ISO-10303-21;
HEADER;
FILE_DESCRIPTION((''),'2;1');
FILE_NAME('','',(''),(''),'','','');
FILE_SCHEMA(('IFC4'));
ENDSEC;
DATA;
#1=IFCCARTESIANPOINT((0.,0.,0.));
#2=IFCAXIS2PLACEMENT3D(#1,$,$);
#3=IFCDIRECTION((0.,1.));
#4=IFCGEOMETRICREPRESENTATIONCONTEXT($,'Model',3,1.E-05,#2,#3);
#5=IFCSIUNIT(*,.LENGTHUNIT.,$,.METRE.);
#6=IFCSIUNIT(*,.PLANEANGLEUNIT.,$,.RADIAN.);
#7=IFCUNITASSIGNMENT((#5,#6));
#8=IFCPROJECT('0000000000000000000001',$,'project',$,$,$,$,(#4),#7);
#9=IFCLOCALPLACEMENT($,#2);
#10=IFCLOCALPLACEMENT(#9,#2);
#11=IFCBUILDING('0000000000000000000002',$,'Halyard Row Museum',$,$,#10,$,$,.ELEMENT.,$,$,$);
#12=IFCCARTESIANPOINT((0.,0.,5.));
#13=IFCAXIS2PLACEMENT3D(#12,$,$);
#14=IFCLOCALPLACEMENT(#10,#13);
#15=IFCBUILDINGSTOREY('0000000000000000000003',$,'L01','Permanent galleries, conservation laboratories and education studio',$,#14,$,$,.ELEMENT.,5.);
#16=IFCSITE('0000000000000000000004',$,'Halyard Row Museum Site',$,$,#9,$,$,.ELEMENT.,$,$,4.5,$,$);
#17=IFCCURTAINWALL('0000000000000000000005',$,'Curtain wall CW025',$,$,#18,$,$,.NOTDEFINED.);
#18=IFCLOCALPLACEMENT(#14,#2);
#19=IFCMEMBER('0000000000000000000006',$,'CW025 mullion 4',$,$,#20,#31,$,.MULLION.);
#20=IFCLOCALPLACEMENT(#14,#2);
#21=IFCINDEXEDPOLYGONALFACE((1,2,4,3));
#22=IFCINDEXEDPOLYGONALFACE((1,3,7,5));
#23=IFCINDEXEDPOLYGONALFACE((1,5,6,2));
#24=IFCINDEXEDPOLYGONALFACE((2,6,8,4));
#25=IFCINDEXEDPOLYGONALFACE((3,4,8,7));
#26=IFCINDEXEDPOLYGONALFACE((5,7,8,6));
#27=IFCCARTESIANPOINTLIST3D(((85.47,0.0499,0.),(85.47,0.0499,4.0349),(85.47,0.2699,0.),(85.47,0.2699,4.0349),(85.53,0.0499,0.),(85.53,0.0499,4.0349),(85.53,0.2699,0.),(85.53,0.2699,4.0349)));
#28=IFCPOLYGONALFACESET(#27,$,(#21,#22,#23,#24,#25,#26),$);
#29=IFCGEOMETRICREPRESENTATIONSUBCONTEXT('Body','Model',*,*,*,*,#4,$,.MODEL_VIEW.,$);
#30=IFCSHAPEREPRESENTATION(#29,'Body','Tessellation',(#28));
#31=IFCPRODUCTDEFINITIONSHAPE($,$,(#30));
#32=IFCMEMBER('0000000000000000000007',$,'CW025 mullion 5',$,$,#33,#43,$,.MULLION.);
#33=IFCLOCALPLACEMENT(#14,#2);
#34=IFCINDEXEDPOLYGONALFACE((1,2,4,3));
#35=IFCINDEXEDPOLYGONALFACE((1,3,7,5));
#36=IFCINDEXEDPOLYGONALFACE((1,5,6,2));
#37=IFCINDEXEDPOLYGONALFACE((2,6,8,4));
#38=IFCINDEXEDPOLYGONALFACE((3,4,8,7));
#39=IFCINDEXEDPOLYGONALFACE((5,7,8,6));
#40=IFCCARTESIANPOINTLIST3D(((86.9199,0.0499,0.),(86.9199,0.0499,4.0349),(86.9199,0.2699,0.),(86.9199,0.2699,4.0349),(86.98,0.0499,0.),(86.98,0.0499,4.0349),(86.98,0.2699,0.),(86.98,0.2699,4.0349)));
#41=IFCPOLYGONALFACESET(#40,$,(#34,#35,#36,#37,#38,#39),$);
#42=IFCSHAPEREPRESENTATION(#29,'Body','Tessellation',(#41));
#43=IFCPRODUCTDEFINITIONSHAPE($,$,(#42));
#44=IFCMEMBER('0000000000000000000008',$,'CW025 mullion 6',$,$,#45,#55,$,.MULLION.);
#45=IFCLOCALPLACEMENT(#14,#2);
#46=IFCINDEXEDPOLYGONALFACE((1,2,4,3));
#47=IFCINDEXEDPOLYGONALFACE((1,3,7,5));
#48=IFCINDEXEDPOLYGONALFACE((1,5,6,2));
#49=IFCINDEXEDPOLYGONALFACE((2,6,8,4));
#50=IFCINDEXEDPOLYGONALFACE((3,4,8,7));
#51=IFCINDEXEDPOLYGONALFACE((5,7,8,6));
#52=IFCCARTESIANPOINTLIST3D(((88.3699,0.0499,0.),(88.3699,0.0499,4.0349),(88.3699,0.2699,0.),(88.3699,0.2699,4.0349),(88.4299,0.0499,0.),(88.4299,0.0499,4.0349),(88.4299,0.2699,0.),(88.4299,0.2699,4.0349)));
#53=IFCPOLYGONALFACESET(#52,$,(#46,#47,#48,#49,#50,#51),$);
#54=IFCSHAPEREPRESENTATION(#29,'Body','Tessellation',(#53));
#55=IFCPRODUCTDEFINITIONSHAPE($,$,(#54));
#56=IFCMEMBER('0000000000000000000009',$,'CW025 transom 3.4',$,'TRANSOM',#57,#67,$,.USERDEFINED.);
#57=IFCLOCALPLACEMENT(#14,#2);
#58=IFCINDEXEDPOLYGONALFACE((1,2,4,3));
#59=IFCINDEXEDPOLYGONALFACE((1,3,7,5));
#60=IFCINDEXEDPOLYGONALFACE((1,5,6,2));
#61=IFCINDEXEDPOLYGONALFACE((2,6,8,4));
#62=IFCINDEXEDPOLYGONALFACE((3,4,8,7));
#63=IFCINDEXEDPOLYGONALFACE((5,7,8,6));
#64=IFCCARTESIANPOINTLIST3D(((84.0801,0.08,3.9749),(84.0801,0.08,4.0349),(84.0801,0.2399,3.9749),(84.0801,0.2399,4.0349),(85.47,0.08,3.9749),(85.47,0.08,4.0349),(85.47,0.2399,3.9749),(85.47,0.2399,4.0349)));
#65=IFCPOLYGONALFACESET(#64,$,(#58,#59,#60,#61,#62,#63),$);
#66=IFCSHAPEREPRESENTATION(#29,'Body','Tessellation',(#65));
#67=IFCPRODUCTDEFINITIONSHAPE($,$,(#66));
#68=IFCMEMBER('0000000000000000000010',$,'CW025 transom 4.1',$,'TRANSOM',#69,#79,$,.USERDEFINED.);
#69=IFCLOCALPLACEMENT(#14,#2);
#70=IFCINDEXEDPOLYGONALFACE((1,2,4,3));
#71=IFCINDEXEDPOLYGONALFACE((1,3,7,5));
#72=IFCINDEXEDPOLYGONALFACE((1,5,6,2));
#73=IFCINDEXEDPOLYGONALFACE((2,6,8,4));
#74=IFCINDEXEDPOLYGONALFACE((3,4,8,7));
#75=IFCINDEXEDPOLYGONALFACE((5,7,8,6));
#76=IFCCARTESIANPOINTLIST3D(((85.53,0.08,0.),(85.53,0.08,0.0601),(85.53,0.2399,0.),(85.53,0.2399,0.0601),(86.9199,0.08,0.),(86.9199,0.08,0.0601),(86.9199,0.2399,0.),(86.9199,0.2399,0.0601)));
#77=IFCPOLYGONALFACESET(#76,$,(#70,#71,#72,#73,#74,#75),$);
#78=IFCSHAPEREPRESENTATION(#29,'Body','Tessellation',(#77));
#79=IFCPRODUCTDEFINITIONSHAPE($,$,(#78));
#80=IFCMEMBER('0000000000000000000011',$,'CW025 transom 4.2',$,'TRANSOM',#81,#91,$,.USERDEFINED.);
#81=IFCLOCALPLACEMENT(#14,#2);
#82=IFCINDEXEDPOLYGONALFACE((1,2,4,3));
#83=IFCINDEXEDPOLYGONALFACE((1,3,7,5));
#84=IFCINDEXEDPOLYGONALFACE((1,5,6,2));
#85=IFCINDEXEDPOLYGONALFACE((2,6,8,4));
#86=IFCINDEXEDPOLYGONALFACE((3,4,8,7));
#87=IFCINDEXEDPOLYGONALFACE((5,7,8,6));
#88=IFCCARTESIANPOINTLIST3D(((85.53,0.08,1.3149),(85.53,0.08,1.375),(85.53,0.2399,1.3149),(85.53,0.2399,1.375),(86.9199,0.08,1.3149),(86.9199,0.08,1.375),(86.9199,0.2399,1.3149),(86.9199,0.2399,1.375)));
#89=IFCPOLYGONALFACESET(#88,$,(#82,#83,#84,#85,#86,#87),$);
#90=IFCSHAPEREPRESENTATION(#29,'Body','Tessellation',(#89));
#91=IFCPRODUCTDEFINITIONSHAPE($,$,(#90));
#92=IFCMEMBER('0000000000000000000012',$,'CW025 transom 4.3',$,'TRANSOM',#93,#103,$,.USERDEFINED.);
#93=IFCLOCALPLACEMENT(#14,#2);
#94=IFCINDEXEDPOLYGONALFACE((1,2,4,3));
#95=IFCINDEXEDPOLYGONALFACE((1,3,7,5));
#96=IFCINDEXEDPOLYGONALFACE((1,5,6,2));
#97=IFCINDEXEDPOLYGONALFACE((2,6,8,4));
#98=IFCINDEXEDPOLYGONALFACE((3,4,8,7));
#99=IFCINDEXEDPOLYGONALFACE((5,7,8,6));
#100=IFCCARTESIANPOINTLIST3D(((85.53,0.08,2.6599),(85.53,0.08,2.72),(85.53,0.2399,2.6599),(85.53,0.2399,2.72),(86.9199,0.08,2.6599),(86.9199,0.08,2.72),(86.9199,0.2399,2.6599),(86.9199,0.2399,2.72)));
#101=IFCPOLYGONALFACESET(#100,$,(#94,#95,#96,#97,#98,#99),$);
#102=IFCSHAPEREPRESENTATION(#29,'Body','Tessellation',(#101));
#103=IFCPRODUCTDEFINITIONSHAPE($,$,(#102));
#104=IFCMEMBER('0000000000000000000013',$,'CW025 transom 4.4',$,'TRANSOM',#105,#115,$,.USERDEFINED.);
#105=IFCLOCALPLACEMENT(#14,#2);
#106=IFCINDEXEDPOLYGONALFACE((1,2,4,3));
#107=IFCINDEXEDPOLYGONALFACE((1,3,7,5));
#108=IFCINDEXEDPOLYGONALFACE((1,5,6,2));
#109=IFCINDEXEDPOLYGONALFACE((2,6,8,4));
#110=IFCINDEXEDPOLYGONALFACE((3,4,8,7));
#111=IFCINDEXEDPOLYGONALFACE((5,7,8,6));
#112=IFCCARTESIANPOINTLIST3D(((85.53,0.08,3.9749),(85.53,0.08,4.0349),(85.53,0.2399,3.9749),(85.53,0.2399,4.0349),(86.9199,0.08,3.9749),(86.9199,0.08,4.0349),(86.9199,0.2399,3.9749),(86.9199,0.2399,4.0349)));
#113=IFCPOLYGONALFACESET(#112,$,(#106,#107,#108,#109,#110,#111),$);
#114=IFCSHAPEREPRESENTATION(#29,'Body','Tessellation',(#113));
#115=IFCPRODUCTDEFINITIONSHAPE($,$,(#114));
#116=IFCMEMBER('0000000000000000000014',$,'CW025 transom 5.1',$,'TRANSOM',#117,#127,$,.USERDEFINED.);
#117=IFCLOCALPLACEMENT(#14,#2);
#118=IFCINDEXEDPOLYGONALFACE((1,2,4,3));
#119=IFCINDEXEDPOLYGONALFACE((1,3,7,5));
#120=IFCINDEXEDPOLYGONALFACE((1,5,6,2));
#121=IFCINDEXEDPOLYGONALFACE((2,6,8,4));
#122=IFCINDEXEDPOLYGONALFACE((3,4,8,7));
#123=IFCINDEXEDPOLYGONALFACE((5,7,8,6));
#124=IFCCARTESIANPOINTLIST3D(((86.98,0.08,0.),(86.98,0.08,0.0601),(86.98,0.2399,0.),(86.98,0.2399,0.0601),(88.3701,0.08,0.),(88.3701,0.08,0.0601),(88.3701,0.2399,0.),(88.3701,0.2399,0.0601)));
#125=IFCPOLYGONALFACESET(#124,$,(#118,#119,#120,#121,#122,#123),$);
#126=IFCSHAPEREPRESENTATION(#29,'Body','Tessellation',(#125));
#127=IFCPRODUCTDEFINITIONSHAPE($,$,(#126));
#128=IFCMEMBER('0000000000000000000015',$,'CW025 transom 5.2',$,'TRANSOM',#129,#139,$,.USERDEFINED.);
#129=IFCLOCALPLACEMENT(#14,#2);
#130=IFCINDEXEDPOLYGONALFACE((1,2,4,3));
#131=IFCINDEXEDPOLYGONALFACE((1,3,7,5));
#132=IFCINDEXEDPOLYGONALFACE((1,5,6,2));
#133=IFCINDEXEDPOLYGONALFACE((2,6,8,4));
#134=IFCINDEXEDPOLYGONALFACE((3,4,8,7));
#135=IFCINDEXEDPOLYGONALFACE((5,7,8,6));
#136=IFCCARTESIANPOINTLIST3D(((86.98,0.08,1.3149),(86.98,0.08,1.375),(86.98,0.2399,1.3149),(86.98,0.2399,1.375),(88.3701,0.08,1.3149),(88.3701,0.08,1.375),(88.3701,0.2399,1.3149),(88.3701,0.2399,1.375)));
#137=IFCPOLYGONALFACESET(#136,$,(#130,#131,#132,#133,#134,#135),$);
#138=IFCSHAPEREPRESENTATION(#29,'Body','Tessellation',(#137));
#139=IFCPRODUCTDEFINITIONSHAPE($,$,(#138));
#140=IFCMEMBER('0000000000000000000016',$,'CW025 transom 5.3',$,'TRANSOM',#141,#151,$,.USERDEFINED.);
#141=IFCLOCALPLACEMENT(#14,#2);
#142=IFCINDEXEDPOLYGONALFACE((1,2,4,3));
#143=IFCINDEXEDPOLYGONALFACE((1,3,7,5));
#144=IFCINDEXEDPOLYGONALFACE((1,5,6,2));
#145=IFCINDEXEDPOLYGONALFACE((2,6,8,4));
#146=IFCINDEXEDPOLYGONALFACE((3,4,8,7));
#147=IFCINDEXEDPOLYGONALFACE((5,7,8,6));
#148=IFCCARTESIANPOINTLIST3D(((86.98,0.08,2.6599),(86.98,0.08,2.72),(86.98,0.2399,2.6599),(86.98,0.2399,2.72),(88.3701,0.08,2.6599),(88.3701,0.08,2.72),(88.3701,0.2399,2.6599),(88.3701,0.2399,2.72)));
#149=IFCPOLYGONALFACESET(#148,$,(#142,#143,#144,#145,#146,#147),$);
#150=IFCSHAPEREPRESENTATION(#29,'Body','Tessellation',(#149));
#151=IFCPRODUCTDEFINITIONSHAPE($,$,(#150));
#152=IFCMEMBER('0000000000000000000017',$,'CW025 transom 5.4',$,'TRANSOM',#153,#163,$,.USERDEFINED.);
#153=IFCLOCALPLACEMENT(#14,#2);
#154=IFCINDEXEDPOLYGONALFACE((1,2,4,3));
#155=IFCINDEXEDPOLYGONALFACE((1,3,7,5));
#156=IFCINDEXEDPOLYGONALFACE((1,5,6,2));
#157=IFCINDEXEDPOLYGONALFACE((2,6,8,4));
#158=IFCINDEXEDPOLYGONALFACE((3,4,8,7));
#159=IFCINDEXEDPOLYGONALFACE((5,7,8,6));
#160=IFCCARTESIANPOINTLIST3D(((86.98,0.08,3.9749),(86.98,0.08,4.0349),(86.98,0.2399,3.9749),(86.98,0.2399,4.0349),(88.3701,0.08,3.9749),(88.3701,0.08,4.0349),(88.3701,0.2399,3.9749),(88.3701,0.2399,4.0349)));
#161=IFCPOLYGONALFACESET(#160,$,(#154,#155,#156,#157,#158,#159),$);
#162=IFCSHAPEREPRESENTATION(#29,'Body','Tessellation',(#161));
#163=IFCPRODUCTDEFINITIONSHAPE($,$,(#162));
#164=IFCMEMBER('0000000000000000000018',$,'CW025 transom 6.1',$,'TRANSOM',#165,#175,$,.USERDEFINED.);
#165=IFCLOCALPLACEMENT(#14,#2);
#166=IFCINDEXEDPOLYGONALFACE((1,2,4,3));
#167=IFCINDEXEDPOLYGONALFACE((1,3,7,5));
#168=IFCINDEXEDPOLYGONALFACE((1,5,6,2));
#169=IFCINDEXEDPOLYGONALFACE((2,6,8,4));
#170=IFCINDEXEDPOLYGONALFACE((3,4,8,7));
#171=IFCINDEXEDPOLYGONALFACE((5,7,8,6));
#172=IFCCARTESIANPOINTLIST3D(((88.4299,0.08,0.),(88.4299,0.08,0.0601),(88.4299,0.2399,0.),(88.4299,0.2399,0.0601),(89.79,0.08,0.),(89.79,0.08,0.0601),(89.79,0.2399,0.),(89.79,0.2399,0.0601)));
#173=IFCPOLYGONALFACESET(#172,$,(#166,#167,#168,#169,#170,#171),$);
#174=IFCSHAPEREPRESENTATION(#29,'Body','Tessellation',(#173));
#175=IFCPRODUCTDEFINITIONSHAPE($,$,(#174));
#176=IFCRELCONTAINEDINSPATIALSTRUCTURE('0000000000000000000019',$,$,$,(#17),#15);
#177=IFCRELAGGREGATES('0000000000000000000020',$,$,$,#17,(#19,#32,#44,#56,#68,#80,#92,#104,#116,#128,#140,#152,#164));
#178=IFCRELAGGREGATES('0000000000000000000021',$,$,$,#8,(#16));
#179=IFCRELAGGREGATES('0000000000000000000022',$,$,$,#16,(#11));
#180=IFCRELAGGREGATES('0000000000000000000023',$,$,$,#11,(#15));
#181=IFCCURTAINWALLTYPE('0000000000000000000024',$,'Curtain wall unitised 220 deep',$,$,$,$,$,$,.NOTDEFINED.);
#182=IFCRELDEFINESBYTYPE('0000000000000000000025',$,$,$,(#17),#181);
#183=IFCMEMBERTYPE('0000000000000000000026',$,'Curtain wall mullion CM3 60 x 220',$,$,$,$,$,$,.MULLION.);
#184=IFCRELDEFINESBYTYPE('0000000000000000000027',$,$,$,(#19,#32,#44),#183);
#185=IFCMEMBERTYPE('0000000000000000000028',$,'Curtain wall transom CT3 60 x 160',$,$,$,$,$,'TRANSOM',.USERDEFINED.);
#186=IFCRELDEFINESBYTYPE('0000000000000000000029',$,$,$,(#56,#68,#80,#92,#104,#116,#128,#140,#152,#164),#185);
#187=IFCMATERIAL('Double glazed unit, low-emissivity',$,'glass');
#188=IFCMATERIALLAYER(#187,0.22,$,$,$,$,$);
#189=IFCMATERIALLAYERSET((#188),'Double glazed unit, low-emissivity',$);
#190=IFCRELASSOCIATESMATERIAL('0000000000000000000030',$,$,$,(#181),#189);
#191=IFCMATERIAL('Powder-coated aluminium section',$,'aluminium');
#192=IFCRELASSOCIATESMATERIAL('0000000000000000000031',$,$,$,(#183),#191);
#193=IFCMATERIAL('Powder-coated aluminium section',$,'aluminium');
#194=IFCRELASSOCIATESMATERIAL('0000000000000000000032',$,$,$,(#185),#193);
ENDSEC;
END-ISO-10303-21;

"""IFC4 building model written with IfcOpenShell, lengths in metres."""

from ifc_helpers import new_model, si_unit, direction, frame, origin, origin_2d, place, context, subcontext, project, spatial, rectangle, extrude, material, layer, layer_set, material_profile, profile_set, type_object, element, aggregate, save


model = new_model("IFC4")

# Units and contexts
model_context = context("Model", 3, precision=1e-05, world=origin(), true_north=direction((0.0, 1.0)))
body_context = subcontext(model_context, "Body", "Model", "MODEL_VIEW")
ifc_project = project(units=[si_unit("LENGTHUNIT", "METRE"), si_unit("PLANEANGLEUNIT", "RADIAN")], contexts=[model_context])

# Site, building, storey
site_placement = place(None, origin())
site = spatial("IfcSite", under=ifc_project, at=site_placement, Name="Halyard Row Museum Site", CompositionType="ELEMENT", RefElevation=4.5)
building_placement = place(site_placement, origin())
building = spatial("IfcBuilding", under=site, at=building_placement, Name="Halyard Row Museum", CompositionType="ELEMENT")
storey_placement = place(building_placement, frame((0.0, 0.0, 5.0)))
storey = spatial("IfcBuildingStorey", under=building, at=storey_placement, Name="L01", Description="Permanent galleries, conservation laboratories and education studio", CompositionType="ELEMENT", Elevation=5.0)

# Curtain wall, members
ifc_material_1 = material(Name="Double glazed unit, low-emissivity", Category="glass")
ifc_layer_1 = layer(ifc_material_1, 0.22)
ifc_layer_set_1 = layer_set([ifc_layer_1], Name="Double glazed unit, low-emissivity")
curtain_wall_type = type_object("IfcCurtainWallType", Name="Curtain wall unitised 220 deep", PredefinedType="NOTDEFINED", material=ifc_layer_set_1)
curtain_wall_placement = place(storey_placement, origin())
curtain_wall = element("IfcCurtainWall", 1, at=curtain_wall_placement, inside=storey, type_object=curtain_wall_type, Name="Curtain wall CW025", PredefinedType="NOTDEFINED")
ifc_material_2 = material(Name="Powder-coated aluminium section", Category="aluminium")
ifc_material_profile_1 = material_profile(ifc_material_2, rectangle(XDim=0.22, YDim=0.0601, at=origin_2d()), Name="220x60 mullion")
ifc_profile_set_1 = profile_set([ifc_material_profile_1], Name="Powder-coated aluminium section")
member_type_1 = type_object("IfcMemberType", Name="Curtain wall mullion CM3 60 x 220", PredefinedType="MULLION", material=ifc_profile_set_1)
member_1_placement = place(storey_placement, frame((85.5, 0.1599, 0.0), z_axis=(0.0, 0.0, 1.0), x_axis=(0.0, 1.0, 0.0)))
member_1 = element("IfcMember", 2, at=member_1_placement, type_object=member_type_1, Name="CW025 mullion 4", PredefinedType="MULLION", context=body_context, shape_type="SweptSolid", body=[
    extrude(rectangle(XDim=0.22, YDim=0.0601, at=origin_2d()), origin(), (0.0, 0.0, 1.0), 4.0349),
])
member_2_placement = place(storey_placement, frame((86.95, 0.1599, 0.0), z_axis=(0.0, 0.0, 1.0), x_axis=(0.0, 1.0, 0.0)))
member_2 = element("IfcMember", 3, at=member_2_placement, type_object=member_type_1, Name="CW025 mullion 5", PredefinedType="MULLION", context=body_context, shape_type="SweptSolid", body=[
    extrude(rectangle(XDim=0.22, YDim=0.0601, at=origin_2d()), origin(), (0.0, 0.0, 1.0), 4.0349),
])
member_3_placement = place(storey_placement, frame((88.3999, 0.1599, 0.0), z_axis=(0.0, 0.0, 1.0), x_axis=(0.0, 1.0, 0.0)))
member_3 = element("IfcMember", 4, at=member_3_placement, type_object=member_type_1, Name="CW025 mullion 6", PredefinedType="MULLION", context=body_context, shape_type="SweptSolid", body=[
    extrude(rectangle(XDim=0.22, YDim=0.0601, at=origin_2d()), origin(), (0.0, 0.0, 1.0), 4.0349),
])
ifc_material_3 = material(Name="Powder-coated aluminium section", Category="aluminium")
ifc_material_profile_2 = material_profile(ifc_material_3, rectangle(XDim=0.1599, YDim=0.0601, at=origin_2d()), Name="160x60 transom")
ifc_profile_set_2 = profile_set([ifc_material_profile_2], Name="Powder-coated aluminium section")
member_type_2 = type_object("IfcMemberType", Name="Curtain wall transom CT3 60 x 160", ElementType="TRANSOM", PredefinedType="USERDEFINED", material=ifc_profile_set_2)
member_4_placement = place(storey_placement, frame((84.0801, 0.1599, 4.0049), z_axis=(1.0, 0.0, 0.0), x_axis=(0.0, 1.0, 0.0)))
member_4 = element("IfcMember", 5, at=member_4_placement, type_object=member_type_2, Name="CW025 transom 3.4", ObjectType="TRANSOM", PredefinedType="USERDEFINED", context=body_context, shape_type="SweptSolid", body=[
    extrude(rectangle(XDim=0.1599, YDim=0.0601, at=origin_2d()), origin(), (0.0, 0.0, 1.0), 1.3899),
])
member_5_placement = place(storey_placement, frame((85.53, 0.1599, 0.03), z_axis=(1.0, 0.0, 0.0), x_axis=(0.0, 1.0, 0.0)))
member_5 = element("IfcMember", 6, at=member_5_placement, type_object=member_type_2, Name="CW025 transom 4.1", ObjectType="TRANSOM", PredefinedType="USERDEFINED", context=body_context, shape_type="SweptSolid", body=[
    extrude(rectangle(XDim=0.1599, YDim=0.0601, at=origin_2d()), origin(), (0.0, 0.0, 1.0), 1.3899),
])
member_6_placement = place(storey_placement, frame((85.53, 0.1599, 1.345), z_axis=(1.0, 0.0, 0.0), x_axis=(0.0, 1.0, 0.0)))
member_6 = element("IfcMember", 7, at=member_6_placement, type_object=member_type_2, Name="CW025 transom 4.2", ObjectType="TRANSOM", PredefinedType="USERDEFINED", context=body_context, shape_type="SweptSolid", body=[
    extrude(rectangle(XDim=0.1599, YDim=0.0601, at=origin_2d()), origin(), (0.0, 0.0, 1.0), 1.3899),
])
member_7_placement = place(storey_placement, frame((85.53, 0.1599, 2.6899), z_axis=(1.0, 0.0, 0.0), x_axis=(0.0, 1.0, 0.0)))
member_7 = element("IfcMember", 8, at=member_7_placement, type_object=member_type_2, Name="CW025 transom 4.3", ObjectType="TRANSOM", PredefinedType="USERDEFINED", context=body_context, shape_type="SweptSolid", body=[
    extrude(rectangle(XDim=0.1599, YDim=0.0601, at=origin_2d()), origin(), (0.0, 0.0, 1.0), 1.3899),
])
member_8_placement = place(storey_placement, frame((85.53, 0.1599, 4.0049), z_axis=(1.0, 0.0, 0.0), x_axis=(0.0, 1.0, 0.0)))
member_8 = element("IfcMember", 9, at=member_8_placement, type_object=member_type_2, Name="CW025 transom 4.4", ObjectType="TRANSOM", PredefinedType="USERDEFINED", context=body_context, shape_type="SweptSolid", body=[
    extrude(rectangle(XDim=0.1599, YDim=0.0601, at=origin_2d()), origin(), (0.0, 0.0, 1.0), 1.3899),
])
member_9_placement = place(storey_placement, frame((86.98, 0.1599, 0.03), z_axis=(1.0, 0.0, 0.0), x_axis=(0.0, 1.0, 0.0)))
member_9 = element("IfcMember", 10, at=member_9_placement, type_object=member_type_2, Name="CW025 transom 5.1", ObjectType="TRANSOM", PredefinedType="USERDEFINED", context=body_context, shape_type="SweptSolid", body=[
    extrude(rectangle(XDim=0.1599, YDim=0.0601, at=origin_2d()), origin(), (0.0, 0.0, 1.0), 1.3901),
])
member_10_placement = place(storey_placement, frame((86.98, 0.1599, 1.345), z_axis=(1.0, 0.0, 0.0), x_axis=(0.0, 1.0, 0.0)))
member_10 = element("IfcMember", 11, at=member_10_placement, type_object=member_type_2, Name="CW025 transom 5.2", ObjectType="TRANSOM", PredefinedType="USERDEFINED", context=body_context, shape_type="SweptSolid", body=[
    extrude(rectangle(XDim=0.1599, YDim=0.0601, at=origin_2d()), origin(), (0.0, 0.0, 1.0), 1.3901),
])
member_11_placement = place(storey_placement, frame((86.98, 0.1599, 2.6899), z_axis=(1.0, 0.0, 0.0), x_axis=(0.0, 1.0, 0.0)))
member_11 = element("IfcMember", 12, at=member_11_placement, type_object=member_type_2, Name="CW025 transom 5.3", ObjectType="TRANSOM", PredefinedType="USERDEFINED", context=body_context, shape_type="SweptSolid", body=[
    extrude(rectangle(XDim=0.1599, YDim=0.0601, at=origin_2d()), origin(), (0.0, 0.0, 1.0), 1.3901),
])
member_12_placement = place(storey_placement, frame((86.98, 0.1599, 4.0049), z_axis=(1.0, 0.0, 0.0), x_axis=(0.0, 1.0, 0.0)))
member_12 = element("IfcMember", 13, at=member_12_placement, type_object=member_type_2, Name="CW025 transom 5.4", ObjectType="TRANSOM", PredefinedType="USERDEFINED", context=body_context, shape_type="SweptSolid", body=[
    extrude(rectangle(XDim=0.1599, YDim=0.0601, at=origin_2d()), origin(), (0.0, 0.0, 1.0), 1.3901),
])
member_13_placement = place(storey_placement, frame((88.4299, 0.1599, 0.03), z_axis=(1.0, 0.0, 0.0), x_axis=(0.0, 1.0, 0.0)))
member_13 = element("IfcMember", 14, at=member_13_placement, type_object=member_type_2, Name="CW025 transom 6.1", ObjectType="TRANSOM", PredefinedType="USERDEFINED", context=body_context, shape_type="SweptSolid", body=[
    extrude(rectangle(XDim=0.1599, YDim=0.0601, at=origin_2d()), origin(), (0.0, 0.0, 1.0), 1.3601),
])

aggregate(curtain_wall, [member_1, member_2, member_3, member_4, member_5, member_6, member_7, member_8, member_9, member_10, member_11, member_12, member_13])

save(model, "model.ifc")
